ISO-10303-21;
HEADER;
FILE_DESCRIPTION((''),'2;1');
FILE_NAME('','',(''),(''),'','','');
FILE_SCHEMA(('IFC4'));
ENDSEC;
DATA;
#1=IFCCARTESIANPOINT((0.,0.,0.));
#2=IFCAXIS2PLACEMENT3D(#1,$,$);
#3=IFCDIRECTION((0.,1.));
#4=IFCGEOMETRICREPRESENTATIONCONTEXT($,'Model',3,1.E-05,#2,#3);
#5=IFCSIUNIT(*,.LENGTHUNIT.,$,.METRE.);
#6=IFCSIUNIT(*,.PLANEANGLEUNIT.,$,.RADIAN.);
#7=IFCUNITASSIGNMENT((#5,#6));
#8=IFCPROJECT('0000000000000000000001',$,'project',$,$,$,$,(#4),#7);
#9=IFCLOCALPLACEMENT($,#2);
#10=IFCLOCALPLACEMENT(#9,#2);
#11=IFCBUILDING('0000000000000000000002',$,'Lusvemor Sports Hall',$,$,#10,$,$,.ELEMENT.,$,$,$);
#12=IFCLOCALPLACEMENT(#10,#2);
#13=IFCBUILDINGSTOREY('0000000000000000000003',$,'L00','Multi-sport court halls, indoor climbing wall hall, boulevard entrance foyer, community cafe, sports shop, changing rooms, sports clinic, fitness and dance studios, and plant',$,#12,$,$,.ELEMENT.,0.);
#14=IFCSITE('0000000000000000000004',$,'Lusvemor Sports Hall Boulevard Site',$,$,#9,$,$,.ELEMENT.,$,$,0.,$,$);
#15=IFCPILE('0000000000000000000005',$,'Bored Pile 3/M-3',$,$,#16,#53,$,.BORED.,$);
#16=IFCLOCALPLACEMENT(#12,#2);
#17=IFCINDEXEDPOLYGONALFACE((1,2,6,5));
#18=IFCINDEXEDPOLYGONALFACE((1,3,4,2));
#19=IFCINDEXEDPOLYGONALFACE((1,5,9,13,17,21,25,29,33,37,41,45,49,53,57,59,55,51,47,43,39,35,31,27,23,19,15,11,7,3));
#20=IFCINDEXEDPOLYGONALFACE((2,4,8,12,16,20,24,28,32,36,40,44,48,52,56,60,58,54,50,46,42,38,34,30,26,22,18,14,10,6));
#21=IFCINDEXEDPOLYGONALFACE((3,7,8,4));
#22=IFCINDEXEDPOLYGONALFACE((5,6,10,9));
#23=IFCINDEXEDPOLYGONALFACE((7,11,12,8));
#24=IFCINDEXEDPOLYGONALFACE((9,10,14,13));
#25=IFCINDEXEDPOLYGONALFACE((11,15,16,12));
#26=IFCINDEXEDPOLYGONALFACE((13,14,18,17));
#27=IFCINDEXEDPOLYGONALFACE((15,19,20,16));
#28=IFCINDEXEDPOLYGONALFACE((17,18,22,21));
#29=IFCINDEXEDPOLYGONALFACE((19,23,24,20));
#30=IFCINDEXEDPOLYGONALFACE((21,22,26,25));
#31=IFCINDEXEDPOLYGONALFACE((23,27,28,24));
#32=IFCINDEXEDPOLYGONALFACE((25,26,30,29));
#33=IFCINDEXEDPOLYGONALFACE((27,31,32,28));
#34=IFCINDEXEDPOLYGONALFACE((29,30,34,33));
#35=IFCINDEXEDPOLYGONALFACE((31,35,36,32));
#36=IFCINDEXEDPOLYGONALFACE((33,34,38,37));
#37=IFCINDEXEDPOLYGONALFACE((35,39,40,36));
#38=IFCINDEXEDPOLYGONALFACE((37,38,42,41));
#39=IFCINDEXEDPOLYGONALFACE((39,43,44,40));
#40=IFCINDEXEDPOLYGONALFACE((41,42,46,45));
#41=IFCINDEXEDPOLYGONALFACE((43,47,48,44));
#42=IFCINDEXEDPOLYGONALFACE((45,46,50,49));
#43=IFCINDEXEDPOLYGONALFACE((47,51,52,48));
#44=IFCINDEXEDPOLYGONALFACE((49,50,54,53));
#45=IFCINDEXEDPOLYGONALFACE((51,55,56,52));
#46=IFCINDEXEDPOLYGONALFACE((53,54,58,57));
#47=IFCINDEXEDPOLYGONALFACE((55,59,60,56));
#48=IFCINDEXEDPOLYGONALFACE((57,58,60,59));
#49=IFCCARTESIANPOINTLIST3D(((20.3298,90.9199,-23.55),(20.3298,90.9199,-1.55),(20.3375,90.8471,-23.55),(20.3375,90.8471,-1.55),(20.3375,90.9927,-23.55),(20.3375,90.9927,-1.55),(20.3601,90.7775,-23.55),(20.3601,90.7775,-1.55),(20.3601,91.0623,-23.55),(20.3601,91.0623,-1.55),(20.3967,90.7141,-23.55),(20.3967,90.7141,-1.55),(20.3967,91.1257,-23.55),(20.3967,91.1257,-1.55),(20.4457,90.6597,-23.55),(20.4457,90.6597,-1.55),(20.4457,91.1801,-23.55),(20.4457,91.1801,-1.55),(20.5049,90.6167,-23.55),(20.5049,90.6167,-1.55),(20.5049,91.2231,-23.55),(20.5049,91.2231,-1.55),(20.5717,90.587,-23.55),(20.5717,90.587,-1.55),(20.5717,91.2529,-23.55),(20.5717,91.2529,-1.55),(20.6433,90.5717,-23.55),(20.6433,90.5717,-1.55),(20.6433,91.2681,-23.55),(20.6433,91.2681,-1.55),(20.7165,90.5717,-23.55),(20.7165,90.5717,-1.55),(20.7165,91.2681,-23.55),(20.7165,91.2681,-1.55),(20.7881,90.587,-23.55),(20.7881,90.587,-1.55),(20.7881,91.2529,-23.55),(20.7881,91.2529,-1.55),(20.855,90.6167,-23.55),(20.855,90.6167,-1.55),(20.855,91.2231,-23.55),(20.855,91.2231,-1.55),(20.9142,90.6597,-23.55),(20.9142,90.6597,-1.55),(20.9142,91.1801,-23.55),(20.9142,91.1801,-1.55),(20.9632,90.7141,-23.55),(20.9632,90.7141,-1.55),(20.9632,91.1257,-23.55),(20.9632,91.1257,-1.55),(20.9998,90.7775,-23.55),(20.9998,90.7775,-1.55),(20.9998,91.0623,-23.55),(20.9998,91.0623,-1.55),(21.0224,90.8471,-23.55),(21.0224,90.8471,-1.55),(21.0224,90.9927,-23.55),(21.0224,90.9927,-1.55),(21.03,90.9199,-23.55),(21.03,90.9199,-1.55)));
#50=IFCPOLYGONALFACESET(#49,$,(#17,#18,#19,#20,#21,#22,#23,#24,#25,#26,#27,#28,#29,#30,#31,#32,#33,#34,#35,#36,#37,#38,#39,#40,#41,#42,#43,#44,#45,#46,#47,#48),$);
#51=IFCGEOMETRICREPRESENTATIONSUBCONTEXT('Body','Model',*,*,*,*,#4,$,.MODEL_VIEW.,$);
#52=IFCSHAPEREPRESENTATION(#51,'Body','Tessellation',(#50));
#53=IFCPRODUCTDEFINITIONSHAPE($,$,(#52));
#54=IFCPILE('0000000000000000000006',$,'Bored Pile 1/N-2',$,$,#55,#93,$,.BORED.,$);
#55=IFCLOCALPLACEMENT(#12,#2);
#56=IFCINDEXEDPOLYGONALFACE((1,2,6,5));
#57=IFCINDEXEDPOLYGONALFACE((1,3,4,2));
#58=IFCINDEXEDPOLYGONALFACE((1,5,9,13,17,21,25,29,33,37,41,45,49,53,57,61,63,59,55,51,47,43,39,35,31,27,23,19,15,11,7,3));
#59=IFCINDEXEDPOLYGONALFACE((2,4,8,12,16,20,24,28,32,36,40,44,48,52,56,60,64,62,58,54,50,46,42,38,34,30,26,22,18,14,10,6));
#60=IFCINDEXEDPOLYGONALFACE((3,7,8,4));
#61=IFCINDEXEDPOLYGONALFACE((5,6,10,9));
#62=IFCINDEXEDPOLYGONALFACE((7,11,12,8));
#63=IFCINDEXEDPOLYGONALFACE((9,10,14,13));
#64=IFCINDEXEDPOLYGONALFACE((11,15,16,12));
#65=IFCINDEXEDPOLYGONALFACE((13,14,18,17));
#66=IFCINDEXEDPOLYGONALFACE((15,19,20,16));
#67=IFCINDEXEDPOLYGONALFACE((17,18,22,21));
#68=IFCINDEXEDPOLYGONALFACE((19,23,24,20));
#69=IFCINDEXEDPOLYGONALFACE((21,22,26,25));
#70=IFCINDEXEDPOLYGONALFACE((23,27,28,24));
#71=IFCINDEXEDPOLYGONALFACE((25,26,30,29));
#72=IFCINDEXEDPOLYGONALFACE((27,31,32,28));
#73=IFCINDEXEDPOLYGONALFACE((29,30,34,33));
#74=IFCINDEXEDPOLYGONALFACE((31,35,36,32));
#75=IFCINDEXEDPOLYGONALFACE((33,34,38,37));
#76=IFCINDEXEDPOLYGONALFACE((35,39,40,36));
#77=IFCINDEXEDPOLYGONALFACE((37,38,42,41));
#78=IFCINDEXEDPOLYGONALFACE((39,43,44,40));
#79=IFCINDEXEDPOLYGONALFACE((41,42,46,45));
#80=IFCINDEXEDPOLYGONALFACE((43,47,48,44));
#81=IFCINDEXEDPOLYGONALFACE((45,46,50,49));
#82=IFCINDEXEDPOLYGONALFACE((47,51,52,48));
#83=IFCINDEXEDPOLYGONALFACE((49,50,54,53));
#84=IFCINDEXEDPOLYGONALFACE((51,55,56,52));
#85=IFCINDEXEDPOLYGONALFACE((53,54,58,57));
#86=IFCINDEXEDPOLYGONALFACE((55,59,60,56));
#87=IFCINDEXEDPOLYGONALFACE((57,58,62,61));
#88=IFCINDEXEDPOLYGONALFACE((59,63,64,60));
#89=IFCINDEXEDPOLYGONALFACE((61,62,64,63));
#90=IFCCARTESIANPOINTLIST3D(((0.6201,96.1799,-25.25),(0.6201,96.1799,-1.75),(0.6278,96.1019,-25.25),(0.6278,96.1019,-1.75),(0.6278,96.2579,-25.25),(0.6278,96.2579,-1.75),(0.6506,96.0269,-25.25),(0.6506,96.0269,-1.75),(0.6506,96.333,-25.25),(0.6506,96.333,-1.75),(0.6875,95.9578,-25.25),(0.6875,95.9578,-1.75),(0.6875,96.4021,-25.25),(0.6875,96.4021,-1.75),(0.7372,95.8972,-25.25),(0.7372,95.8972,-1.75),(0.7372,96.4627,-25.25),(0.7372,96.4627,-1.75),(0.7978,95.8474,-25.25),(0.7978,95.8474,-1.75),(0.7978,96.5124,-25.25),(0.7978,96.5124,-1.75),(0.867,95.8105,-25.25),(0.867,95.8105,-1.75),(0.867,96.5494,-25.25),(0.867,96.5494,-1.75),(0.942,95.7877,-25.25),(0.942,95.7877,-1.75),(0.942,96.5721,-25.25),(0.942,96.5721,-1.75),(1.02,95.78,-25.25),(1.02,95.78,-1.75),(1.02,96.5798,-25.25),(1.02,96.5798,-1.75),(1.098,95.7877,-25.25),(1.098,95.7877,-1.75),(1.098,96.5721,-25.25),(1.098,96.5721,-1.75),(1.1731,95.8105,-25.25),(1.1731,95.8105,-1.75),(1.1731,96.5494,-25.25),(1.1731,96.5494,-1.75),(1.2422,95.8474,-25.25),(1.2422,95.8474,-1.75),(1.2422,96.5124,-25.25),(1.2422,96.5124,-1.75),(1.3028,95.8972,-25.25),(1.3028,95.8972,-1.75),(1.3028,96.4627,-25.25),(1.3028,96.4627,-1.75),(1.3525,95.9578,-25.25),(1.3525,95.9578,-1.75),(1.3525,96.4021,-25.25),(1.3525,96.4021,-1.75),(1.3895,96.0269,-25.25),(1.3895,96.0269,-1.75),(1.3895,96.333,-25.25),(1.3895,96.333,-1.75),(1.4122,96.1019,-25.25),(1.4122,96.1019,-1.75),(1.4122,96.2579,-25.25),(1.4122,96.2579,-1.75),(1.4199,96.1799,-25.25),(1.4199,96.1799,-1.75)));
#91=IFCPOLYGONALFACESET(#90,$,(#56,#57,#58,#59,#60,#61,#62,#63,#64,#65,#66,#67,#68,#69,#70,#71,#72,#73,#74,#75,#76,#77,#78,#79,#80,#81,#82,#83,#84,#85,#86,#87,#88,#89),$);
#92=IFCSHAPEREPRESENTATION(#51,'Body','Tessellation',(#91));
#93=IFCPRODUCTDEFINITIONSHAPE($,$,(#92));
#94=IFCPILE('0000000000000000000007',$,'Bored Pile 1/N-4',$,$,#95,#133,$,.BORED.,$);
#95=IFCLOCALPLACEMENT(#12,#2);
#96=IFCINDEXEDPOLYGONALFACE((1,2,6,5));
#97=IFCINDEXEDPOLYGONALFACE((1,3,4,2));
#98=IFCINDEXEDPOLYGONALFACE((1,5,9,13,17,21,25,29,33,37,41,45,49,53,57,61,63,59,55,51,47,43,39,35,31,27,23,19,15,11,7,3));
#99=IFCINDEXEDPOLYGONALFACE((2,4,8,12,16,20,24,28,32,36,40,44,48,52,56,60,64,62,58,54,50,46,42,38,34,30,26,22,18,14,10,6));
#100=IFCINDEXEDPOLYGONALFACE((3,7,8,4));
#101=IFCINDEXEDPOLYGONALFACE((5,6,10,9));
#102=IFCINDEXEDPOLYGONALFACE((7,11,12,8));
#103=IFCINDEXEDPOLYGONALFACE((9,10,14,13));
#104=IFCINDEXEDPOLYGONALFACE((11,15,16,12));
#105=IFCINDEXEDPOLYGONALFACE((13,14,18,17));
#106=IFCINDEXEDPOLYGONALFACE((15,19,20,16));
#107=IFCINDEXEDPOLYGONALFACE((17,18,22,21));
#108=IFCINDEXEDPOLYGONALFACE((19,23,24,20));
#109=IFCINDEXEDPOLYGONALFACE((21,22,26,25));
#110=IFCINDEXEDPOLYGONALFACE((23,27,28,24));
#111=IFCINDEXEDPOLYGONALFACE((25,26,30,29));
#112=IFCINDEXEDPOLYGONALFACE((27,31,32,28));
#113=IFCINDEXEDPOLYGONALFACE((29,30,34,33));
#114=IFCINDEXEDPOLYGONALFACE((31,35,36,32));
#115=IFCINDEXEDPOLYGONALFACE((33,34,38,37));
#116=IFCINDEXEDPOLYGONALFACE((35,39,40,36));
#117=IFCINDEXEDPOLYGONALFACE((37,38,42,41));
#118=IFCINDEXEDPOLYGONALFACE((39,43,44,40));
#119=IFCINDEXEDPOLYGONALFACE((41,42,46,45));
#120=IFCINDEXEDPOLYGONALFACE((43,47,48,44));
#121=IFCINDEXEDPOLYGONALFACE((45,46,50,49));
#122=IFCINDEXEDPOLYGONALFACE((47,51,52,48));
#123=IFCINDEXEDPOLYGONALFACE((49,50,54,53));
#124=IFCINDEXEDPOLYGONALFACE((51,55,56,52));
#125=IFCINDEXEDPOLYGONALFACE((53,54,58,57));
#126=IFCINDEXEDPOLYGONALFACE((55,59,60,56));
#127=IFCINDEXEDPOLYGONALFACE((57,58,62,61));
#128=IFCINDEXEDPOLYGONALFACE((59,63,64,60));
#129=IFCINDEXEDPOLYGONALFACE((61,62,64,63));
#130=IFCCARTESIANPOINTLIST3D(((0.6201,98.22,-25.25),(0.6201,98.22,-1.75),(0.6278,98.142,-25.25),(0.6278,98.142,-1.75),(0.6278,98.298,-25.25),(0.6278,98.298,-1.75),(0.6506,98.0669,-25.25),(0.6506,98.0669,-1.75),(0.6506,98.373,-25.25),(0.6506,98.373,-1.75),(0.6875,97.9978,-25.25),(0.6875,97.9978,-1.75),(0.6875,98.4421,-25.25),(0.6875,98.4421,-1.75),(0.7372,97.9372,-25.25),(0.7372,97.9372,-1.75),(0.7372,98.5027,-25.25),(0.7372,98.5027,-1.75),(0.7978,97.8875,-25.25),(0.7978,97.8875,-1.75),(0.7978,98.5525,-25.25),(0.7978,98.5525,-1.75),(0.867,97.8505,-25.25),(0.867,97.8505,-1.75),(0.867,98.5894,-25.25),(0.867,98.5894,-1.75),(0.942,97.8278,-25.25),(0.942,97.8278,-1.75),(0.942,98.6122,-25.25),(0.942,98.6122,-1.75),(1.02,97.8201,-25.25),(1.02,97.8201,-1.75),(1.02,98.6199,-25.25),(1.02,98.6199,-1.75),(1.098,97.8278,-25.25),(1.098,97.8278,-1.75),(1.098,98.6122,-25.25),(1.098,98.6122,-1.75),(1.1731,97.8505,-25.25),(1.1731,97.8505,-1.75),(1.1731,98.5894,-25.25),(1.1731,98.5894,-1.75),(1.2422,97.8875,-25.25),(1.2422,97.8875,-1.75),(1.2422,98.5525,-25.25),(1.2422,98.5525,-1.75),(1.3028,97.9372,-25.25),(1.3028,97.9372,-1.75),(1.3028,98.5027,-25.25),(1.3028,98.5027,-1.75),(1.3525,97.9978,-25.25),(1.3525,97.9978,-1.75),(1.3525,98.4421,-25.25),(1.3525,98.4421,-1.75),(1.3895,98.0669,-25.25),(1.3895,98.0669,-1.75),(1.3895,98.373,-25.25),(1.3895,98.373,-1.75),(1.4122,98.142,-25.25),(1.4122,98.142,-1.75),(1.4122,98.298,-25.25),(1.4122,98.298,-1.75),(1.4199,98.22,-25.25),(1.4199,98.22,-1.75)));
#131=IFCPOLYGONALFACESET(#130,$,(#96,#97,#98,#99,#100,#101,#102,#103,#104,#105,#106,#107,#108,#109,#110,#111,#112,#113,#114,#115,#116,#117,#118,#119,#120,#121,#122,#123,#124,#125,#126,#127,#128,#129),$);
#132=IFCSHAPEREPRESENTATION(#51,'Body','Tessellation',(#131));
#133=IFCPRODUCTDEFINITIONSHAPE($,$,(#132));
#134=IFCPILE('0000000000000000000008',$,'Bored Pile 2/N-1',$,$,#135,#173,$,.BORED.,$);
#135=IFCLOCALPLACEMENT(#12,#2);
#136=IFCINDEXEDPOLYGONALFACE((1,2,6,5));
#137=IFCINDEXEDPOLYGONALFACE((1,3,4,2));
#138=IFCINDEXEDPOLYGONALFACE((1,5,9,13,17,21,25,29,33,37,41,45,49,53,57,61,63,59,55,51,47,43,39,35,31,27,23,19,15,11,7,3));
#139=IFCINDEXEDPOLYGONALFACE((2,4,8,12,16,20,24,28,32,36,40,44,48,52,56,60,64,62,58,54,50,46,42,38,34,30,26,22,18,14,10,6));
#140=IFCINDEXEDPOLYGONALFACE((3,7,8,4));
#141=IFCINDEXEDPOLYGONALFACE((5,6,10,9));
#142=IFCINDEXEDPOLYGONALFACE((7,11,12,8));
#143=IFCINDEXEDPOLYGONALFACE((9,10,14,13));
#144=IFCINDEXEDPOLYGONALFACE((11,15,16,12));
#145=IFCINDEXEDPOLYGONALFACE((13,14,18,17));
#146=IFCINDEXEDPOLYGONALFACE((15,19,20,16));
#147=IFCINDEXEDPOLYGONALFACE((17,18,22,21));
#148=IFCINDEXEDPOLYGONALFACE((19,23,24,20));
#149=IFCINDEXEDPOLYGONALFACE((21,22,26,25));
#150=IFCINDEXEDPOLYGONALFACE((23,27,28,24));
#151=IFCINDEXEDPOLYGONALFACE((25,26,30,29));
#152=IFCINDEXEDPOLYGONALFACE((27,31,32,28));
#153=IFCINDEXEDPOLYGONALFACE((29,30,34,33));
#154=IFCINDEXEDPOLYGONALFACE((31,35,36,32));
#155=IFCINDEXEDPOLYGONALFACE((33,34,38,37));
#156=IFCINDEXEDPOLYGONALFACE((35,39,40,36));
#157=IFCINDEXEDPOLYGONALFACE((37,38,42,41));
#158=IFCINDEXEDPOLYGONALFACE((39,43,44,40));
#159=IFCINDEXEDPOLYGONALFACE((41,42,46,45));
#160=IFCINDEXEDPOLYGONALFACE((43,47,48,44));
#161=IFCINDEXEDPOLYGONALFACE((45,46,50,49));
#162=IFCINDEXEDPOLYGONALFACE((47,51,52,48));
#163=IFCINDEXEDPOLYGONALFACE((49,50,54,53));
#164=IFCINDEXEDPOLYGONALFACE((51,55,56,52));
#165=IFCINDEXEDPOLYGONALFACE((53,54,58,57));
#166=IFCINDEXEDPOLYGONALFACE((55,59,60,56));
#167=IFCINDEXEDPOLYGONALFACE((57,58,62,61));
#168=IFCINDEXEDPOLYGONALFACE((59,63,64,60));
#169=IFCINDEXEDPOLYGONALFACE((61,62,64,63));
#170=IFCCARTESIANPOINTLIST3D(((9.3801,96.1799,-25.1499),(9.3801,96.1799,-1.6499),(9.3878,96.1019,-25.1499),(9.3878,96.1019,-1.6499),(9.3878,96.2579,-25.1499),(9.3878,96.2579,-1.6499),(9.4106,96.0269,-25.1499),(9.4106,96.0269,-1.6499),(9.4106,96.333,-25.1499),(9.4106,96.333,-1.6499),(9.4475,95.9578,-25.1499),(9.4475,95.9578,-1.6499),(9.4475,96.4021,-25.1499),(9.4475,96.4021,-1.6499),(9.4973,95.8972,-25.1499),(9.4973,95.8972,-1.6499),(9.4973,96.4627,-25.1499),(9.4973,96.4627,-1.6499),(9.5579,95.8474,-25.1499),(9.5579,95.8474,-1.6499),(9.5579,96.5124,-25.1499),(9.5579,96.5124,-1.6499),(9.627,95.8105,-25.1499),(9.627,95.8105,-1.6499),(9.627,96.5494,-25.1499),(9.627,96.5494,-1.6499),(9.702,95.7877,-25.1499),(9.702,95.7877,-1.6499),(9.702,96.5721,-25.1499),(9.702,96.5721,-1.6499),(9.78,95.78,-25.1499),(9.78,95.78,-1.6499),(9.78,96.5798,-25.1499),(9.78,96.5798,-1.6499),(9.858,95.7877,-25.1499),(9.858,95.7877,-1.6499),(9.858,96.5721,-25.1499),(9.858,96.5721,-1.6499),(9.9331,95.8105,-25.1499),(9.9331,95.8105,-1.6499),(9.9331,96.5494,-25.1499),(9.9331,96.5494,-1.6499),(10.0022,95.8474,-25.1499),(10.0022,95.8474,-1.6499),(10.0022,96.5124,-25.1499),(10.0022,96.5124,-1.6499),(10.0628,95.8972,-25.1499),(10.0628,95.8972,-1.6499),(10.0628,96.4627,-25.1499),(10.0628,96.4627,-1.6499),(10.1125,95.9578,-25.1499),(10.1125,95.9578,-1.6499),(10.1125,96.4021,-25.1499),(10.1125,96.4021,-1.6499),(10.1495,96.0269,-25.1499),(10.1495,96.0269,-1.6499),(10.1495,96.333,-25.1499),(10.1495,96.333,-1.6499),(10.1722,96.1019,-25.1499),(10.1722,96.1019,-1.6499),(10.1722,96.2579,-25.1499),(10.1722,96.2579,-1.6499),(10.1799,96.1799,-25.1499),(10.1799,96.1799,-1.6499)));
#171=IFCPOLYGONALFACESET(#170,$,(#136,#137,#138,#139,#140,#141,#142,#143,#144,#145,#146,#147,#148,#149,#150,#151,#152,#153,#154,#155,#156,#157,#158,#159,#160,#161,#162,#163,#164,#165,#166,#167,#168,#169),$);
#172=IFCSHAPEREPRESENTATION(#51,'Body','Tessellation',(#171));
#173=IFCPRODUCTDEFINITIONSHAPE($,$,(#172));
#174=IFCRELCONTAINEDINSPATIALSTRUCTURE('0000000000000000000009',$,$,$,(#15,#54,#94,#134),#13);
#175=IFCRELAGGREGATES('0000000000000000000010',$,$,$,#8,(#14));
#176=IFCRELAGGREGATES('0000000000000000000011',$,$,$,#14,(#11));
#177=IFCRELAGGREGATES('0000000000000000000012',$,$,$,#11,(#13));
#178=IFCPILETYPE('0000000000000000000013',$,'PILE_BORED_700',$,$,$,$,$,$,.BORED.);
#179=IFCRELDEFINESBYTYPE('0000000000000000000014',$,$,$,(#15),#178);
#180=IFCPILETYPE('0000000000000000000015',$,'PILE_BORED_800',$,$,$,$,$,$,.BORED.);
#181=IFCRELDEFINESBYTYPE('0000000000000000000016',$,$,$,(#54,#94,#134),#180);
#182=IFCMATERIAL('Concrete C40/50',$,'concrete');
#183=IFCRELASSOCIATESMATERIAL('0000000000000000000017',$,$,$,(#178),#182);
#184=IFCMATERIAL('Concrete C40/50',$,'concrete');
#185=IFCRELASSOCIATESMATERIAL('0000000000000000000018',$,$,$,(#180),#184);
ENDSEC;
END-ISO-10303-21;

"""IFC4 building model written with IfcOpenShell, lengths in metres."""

from ifc_helpers import new_model, si_unit, direction, frame, origin, origin_2d, place, context, subcontext, project, spatial, circle, extrude, material, material_profile, profile_set, type_object, element, save


model = new_model("IFC4")

# Units and contexts
model_context = context("Model", 3, precision=1e-05, world=origin(), true_north=direction((0.0, 1.0)))
body_context = subcontext(model_context, "Body", "Model", "MODEL_VIEW")
ifc_project = project(units=[si_unit("LENGTHUNIT", "METRE"), si_unit("PLANEANGLEUNIT", "RADIAN")], contexts=[model_context])

# Site, building, storey
site_placement = place(None, origin())
site = spatial("IfcSite", under=ifc_project, at=site_placement, Name="Lusvemor Sports Hall Boulevard Site", CompositionType="ELEMENT", RefElevation=0.0)
building_placement = place(site_placement, origin())
building = spatial("IfcBuilding", under=site, at=building_placement, Name="Lusvemor Sports Hall", CompositionType="ELEMENT")
storey_placement = place(building_placement, origin())
storey = spatial("IfcBuildingStorey", under=building, at=storey_placement, Name="L00", Description="Multi-sport court halls, indoor climbing wall hall, boulevard entrance foyer, community cafe, sports shop, changing rooms, sports clinic, fitness and dance studios, and plant", CompositionType="ELEMENT", Elevation=0.0)

# Piles
ifc_material_1 = material(Name="Concrete C40/50", Category="concrete")
ifc_material_profile_1 = material_profile(ifc_material_1, circle(Radius=0.3501, at=origin_2d()), Name="PILE700")
ifc_profile_set_1 = profile_set([ifc_material_profile_1], Name="Concrete C40/50")
pile_type_1 = type_object("IfcPileType", Name="PILE_BORED_700", PredefinedType="BORED", material=ifc_profile_set_1)
for number, where, z_axis, x_axis, name in (
    (1, (20.6799, 90.9199, -1.55), (0.0, 0.0, -1.0), (1.0, 0.0, 0.0), "Bored Pile 3/M-3"),
):
    element("IfcPile", number, at=place(storey_placement, frame(where, z_axis=z_axis, x_axis=x_axis)), inside=storey, type_object=pile_type_1, Name=name, PredefinedType="BORED", context=body_context, shape_type="SweptSolid", body=[
        extrude(circle(Radius=0.3501, at=origin_2d()), origin(), (0.0, 0.0, 1.0), 22.0),
    ])
ifc_material_2 = material(Name="Concrete C40/50", Category="concrete")
ifc_material_profile_2 = material_profile(ifc_material_2, circle(Radius=0.3999, at=origin_2d()), Name="PILE800")
ifc_profile_set_2 = profile_set([ifc_material_profile_2], Name="Concrete C40/50")
pile_type_2 = type_object("IfcPileType", Name="PILE_BORED_800", PredefinedType="BORED", material=ifc_profile_set_2)
for number, where, z_axis, x_axis, name in (
    (2, (1.02, 96.1799, -1.75), (0.0, 0.0, -1.0), (1.0, 0.0, 0.0), "Bored Pile 1/N-2"),
    (3, (1.02, 98.22, -1.75), (0.0, 0.0, -1.0), (1.0, 0.0, 0.0), "Bored Pile 1/N-4"),
    (4, (9.78, 96.1799, -1.6499), (0.0, 0.0, -1.0), (1.0, 0.0, 0.0), "Bored Pile 2/N-1"),
):
    element("IfcPile", number, at=place(storey_placement, frame(where, z_axis=z_axis, x_axis=x_axis)), inside=storey, type_object=pile_type_2, Name=name, PredefinedType="BORED", context=body_context, shape_type="SweptSolid", body=[
        extrude(circle(Radius=0.3999, at=origin_2d()), origin(), (0.0, 0.0, 1.0), 23.5),
    ])

save(model, "model.ifc")
